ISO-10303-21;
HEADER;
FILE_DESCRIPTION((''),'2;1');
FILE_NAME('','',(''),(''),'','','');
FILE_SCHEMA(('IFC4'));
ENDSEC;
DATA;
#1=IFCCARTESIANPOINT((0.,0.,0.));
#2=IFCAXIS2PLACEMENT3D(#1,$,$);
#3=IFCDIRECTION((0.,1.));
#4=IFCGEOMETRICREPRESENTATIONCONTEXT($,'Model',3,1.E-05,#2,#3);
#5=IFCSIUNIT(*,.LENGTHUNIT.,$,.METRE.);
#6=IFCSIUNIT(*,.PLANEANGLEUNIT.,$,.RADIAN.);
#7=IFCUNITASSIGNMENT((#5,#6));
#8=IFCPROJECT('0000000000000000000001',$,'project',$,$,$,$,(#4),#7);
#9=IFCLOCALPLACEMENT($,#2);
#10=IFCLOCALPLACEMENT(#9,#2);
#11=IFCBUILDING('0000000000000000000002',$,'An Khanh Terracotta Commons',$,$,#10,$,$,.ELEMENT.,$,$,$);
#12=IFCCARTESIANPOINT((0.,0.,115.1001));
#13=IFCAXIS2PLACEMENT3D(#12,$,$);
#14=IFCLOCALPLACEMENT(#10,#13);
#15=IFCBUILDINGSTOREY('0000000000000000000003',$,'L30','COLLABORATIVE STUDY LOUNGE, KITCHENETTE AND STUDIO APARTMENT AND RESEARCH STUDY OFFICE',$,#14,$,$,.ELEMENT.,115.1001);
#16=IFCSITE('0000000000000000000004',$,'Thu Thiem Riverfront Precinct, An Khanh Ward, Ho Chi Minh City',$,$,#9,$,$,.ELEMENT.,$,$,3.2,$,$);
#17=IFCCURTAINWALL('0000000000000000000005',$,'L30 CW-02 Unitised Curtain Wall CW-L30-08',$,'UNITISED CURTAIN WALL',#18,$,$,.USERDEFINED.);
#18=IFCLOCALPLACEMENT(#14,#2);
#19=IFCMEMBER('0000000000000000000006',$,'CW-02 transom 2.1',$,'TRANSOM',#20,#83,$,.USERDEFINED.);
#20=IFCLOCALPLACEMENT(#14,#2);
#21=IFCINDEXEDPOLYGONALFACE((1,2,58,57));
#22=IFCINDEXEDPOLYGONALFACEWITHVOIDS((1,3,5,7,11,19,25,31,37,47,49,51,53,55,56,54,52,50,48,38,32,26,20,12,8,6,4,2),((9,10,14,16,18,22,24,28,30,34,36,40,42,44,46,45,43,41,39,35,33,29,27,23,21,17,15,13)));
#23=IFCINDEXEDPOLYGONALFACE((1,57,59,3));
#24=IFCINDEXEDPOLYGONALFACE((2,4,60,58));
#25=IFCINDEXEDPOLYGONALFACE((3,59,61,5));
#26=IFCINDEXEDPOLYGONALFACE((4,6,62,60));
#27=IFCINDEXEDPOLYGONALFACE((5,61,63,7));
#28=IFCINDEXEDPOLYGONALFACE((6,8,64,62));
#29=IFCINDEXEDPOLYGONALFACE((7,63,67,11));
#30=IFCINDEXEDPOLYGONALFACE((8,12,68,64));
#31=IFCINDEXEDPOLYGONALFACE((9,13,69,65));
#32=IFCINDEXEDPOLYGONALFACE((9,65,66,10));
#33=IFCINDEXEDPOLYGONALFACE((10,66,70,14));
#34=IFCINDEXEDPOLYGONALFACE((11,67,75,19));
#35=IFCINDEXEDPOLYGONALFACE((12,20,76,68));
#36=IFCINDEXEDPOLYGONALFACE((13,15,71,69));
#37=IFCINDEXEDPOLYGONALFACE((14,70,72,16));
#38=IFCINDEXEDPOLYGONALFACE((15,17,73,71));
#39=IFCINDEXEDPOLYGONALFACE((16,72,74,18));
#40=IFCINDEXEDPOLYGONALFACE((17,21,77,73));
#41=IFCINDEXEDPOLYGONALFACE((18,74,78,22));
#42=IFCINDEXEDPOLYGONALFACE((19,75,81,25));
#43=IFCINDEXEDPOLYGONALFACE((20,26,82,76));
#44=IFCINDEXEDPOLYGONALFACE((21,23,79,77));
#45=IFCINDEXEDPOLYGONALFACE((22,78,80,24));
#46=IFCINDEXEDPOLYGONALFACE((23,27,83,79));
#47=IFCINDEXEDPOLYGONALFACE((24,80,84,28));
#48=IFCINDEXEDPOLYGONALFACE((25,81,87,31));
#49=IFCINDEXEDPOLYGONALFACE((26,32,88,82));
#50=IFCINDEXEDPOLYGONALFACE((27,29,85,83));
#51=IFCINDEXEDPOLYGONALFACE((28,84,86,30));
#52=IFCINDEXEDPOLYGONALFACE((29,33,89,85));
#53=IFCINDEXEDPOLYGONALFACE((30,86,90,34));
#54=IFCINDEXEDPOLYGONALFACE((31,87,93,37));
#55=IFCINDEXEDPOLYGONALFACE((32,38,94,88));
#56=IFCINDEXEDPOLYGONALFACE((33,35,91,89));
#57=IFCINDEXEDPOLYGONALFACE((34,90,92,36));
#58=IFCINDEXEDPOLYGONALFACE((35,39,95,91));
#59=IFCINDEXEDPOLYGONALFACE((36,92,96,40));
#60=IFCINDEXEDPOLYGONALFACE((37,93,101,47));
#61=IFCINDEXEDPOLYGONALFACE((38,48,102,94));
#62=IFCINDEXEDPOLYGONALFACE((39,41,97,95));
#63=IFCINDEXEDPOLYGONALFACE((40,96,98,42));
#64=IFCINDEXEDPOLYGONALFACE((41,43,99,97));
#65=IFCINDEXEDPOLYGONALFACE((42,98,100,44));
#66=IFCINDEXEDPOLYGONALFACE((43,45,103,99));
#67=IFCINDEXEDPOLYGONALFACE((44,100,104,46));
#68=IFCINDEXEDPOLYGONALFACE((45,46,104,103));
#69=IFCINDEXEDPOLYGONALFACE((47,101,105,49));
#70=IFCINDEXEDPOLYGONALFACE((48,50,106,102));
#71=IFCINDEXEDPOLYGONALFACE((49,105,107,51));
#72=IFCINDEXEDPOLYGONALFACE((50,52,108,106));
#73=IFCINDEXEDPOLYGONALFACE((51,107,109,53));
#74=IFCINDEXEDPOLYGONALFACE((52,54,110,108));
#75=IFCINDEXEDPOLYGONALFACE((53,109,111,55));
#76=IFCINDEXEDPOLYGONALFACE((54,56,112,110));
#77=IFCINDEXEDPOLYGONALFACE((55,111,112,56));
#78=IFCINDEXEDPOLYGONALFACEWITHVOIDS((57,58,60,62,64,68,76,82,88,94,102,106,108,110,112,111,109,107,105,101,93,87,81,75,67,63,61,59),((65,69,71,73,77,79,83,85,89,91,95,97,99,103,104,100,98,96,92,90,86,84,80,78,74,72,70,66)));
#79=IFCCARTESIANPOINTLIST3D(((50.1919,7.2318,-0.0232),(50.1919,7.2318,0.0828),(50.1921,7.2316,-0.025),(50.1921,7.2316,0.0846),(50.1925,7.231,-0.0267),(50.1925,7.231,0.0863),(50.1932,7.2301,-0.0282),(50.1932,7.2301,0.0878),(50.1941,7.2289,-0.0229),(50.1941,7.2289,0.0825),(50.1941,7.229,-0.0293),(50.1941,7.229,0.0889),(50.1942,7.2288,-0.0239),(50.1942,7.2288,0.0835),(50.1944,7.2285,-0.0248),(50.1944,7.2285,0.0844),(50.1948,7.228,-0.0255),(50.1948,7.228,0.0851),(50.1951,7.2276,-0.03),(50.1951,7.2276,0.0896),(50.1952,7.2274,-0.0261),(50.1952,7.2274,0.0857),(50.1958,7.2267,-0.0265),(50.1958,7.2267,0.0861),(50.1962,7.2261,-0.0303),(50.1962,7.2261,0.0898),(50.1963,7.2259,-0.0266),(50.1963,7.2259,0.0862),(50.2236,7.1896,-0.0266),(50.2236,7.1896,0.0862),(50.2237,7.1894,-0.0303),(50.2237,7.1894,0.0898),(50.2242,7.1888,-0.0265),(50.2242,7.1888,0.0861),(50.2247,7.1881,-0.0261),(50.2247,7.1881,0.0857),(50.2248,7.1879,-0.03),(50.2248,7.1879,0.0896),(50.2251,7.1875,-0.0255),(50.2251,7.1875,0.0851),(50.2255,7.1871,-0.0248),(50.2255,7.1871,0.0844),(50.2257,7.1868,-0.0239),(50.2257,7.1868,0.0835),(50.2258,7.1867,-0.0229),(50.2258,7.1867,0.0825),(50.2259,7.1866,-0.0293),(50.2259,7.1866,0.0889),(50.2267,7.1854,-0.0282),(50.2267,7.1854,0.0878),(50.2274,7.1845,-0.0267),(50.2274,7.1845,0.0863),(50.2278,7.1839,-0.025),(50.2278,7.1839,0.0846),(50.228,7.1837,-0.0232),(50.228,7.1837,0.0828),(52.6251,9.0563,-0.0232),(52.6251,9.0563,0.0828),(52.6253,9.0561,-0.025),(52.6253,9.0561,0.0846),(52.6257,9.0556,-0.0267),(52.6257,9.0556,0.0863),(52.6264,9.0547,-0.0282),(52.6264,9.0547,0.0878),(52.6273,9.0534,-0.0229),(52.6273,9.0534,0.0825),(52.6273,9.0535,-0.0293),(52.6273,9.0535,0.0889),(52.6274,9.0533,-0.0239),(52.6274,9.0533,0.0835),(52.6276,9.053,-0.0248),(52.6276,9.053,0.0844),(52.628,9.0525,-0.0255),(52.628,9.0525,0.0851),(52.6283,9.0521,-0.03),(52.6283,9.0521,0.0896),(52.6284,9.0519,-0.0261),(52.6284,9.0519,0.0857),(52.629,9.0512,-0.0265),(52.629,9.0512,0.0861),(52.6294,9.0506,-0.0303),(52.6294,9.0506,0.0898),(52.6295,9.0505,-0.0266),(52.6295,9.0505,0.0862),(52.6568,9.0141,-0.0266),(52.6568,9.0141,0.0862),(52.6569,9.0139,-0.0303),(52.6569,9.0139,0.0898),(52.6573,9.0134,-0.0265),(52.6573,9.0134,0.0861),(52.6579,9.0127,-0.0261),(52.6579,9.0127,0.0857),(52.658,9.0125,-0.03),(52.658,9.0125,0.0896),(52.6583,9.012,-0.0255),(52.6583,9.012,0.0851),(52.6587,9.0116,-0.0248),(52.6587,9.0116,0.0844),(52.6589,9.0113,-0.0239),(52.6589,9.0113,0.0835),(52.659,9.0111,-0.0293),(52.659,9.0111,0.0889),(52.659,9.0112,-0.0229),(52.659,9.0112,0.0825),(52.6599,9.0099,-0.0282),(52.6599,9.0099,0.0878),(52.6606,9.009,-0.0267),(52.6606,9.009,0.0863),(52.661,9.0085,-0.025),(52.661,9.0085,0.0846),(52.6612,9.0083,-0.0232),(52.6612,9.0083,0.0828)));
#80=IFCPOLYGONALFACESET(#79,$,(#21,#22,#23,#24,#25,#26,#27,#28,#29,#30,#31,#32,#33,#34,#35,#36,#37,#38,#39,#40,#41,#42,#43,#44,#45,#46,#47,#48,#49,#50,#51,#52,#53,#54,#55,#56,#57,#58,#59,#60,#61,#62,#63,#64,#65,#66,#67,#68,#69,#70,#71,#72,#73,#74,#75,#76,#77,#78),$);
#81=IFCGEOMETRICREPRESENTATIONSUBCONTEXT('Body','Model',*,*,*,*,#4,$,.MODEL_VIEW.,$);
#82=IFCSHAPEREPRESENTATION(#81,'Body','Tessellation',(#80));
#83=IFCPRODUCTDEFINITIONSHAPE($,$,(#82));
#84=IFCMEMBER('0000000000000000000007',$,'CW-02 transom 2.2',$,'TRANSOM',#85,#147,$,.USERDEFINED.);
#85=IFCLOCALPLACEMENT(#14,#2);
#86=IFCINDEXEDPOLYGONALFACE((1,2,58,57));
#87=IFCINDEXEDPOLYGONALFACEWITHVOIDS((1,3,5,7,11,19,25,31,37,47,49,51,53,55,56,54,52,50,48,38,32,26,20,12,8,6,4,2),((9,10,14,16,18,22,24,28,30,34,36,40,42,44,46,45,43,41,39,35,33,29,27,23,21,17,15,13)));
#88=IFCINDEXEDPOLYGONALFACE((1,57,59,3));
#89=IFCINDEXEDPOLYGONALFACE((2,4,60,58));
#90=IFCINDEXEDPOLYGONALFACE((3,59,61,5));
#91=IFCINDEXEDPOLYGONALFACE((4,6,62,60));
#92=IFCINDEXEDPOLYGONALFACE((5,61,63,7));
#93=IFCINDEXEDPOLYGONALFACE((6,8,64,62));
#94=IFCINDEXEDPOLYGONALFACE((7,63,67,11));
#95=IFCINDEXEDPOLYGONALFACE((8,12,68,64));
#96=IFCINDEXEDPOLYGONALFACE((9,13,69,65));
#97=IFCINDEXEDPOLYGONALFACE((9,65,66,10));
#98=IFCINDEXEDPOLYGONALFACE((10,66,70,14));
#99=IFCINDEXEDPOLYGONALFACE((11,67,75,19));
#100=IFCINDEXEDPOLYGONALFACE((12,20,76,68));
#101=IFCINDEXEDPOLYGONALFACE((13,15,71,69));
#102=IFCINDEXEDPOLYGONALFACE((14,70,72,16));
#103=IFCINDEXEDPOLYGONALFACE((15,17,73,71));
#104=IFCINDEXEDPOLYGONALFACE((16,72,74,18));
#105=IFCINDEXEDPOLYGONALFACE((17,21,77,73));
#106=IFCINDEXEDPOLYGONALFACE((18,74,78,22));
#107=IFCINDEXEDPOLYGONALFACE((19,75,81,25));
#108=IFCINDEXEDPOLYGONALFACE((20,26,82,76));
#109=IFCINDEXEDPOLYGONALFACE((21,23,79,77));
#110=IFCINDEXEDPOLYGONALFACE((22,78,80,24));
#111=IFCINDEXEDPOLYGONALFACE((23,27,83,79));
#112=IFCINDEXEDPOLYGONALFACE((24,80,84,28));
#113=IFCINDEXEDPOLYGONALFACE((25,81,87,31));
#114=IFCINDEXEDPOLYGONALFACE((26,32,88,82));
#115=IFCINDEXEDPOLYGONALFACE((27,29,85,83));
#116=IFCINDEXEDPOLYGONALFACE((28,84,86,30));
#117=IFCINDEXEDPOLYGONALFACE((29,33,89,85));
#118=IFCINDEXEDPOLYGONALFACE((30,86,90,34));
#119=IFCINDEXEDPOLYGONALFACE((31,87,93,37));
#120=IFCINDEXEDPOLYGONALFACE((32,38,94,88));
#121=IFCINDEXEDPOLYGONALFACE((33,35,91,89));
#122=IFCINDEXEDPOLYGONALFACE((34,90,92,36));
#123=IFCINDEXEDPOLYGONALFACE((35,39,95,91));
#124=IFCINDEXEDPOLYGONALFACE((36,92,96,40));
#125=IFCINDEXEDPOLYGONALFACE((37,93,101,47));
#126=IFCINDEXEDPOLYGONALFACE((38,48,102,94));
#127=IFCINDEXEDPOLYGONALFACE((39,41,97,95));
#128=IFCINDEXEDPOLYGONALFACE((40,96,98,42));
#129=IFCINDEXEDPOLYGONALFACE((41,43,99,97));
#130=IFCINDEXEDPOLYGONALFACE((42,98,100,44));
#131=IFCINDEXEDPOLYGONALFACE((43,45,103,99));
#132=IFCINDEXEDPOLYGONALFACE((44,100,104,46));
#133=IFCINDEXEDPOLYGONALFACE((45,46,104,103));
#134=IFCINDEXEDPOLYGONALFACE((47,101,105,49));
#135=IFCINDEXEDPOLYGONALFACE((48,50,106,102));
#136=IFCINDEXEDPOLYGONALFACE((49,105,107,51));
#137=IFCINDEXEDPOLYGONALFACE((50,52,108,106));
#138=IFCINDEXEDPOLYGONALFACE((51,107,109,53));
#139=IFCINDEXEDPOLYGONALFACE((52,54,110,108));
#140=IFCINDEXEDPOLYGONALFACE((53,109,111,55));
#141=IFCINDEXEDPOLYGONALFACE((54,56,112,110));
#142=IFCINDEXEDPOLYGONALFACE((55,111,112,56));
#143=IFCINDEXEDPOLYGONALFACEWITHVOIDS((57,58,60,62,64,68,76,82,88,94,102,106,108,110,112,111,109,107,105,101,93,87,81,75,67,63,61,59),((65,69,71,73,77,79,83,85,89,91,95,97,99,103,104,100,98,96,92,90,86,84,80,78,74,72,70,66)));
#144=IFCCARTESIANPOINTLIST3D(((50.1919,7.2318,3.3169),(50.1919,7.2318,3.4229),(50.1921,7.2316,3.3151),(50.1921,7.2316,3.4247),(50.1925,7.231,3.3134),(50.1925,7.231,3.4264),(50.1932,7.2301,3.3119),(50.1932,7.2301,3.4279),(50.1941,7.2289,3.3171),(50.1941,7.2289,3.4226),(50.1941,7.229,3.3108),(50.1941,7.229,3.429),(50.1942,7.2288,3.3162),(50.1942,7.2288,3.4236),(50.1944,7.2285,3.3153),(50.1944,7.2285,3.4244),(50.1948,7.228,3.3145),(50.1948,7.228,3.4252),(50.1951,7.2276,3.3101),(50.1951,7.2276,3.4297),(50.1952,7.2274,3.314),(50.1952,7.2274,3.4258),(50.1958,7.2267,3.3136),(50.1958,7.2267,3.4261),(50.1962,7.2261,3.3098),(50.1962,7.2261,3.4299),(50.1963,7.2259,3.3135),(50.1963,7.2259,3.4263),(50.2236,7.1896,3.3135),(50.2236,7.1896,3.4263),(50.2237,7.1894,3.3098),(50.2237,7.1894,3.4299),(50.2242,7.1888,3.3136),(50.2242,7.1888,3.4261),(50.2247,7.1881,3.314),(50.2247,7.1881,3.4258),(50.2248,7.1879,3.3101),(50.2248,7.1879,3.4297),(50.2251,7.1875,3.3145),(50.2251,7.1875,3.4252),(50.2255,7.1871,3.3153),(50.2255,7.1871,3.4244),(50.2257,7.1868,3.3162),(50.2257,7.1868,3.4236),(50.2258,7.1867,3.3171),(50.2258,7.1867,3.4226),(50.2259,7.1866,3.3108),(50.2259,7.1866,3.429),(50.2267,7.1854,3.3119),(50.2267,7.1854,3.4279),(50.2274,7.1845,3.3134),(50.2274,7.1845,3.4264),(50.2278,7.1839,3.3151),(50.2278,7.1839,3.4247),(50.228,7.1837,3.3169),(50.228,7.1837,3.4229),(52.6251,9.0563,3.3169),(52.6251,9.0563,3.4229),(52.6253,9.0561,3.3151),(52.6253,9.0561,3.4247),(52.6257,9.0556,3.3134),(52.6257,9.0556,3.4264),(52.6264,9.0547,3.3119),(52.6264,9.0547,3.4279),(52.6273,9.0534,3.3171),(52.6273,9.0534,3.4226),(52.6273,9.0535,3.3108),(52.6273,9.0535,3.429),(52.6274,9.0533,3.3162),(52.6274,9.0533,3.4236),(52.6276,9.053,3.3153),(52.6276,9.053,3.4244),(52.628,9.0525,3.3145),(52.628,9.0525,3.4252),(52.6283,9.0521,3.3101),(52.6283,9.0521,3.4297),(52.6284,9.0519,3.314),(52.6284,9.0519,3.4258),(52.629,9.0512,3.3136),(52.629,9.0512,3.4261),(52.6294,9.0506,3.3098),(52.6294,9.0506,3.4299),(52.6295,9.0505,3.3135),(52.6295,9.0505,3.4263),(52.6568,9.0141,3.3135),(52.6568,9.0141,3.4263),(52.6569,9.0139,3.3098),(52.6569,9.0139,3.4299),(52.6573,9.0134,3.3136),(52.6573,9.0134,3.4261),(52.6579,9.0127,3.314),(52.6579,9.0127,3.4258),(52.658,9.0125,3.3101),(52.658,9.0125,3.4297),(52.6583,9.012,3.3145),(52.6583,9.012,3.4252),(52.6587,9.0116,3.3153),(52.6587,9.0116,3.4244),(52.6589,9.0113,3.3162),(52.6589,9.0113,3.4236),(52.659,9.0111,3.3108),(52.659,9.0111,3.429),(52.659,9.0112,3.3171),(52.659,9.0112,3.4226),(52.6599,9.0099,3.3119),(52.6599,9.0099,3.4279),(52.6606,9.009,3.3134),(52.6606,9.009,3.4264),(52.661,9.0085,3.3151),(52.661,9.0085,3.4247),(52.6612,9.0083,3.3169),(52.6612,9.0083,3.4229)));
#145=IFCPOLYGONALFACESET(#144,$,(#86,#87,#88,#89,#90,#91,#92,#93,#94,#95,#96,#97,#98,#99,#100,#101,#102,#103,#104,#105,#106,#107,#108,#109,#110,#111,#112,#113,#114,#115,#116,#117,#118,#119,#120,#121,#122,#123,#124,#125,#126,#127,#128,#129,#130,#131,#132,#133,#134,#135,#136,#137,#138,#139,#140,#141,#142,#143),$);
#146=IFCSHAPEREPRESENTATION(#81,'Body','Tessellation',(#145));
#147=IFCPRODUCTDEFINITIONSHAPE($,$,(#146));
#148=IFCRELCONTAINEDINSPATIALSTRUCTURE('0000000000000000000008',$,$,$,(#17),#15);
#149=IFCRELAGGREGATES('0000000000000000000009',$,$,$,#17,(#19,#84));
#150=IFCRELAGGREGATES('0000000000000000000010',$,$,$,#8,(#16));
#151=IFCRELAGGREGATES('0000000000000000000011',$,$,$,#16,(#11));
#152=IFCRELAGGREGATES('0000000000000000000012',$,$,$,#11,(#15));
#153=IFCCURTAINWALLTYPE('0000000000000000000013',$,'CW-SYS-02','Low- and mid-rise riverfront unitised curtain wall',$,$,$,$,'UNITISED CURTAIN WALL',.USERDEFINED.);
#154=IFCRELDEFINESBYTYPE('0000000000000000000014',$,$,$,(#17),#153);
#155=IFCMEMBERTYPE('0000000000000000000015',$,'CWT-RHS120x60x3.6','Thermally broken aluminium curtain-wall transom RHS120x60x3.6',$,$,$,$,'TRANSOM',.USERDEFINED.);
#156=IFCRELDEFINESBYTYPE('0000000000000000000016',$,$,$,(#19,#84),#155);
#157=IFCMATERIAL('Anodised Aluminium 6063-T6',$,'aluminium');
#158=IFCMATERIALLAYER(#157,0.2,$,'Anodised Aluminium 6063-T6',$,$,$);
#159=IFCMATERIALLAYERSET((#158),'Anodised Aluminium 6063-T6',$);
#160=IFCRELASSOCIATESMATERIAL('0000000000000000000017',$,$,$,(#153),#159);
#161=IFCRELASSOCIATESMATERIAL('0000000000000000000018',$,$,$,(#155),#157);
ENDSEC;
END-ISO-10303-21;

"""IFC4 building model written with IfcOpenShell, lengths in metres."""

from ifc_helpers import new_model, si_unit, direction, frame, origin, origin_2d, place, context, subcontext, project, spatial, hollow_rectangle, extrude, material, layer, layer_set, material_profile, profile_set, type_object, element, aggregate, save


model = new_model("IFC4")

# Units and contexts
model_context = context("Model", 3, precision=1e-05, world=origin(), true_north=direction((0.0, 1.0)))
body_context = subcontext(model_context, "Body", "Model", "MODEL_VIEW")
ifc_project = project(units=[si_unit("LENGTHUNIT", "METRE"), si_unit("PLANEANGLEUNIT", "RADIAN")], contexts=[model_context])

# Site, building, storey
site_placement = place(None, origin())
site = spatial("IfcSite", under=ifc_project, at=site_placement, Name="Thu Thiem Riverfront Precinct, An Khanh Ward, Ho Chi Minh City", CompositionType="ELEMENT", RefElevation=3.2)
building_placement = place(site_placement, origin())
building = spatial("IfcBuilding", under=site, at=building_placement, Name="An Khanh Terracotta Commons", CompositionType="ELEMENT")
storey_placement = place(building_placement, frame((0.0, 0.0, 115.1001)))
storey = spatial("IfcBuildingStorey", under=building, at=storey_placement, Name="L30", Description="COLLABORATIVE STUDY LOUNGE, KITCHENETTE AND STUDIO APARTMENT AND RESEARCH STUDY OFFICE", CompositionType="ELEMENT", Elevation=115.1001)

# Shared definitions
ifc_material_1 = material(Name="Anodised Aluminium 6063-T6", Category="aluminium")

# Curtain wall, members
ifc_layer_1 = layer(ifc_material_1, 0.2, Name="Anodised Aluminium 6063-T6")
ifc_layer_set_1 = layer_set([ifc_layer_1], Name="Anodised Aluminium 6063-T6")
curtain_wall_type_1 = type_object("IfcCurtainWallType", Name="CW-SYS-02", Description="Low- and mid-rise riverfront unitised curtain wall", ElementType="UNITISED CURTAIN WALL", PredefinedType="USERDEFINED", material=ifc_layer_set_1)
curtain_wall_1_placement = place(storey_placement, origin())
curtain_wall_1 = element("IfcCurtainWall", 1, at=curtain_wall_1_placement, inside=storey, type_object=curtain_wall_type_1, Name="L30 CW-02 Unitised Curtain Wall CW-L30-08", ObjectType="UNITISED CURTAIN WALL", PredefinedType="USERDEFINED")
ifc_material_profile_1 = material_profile(ifc_material_1, hollow_rectangle(XDim=0.0601, YDim=0.1201, WallThickness=0.0037, InnerFilletRadius=0.0037, OuterFilletRadius=0.0071, at=origin_2d()), Name="RHS120x60x3.6")
ifc_profile_set_1 = profile_set([ifc_material_profile_1], Name="Anodised Aluminium 6063-T6")
member_type_1 = type_object("IfcMemberType", Name="CWT-RHS120x60x3.6", Description="Thermally broken aluminium curtain-wall transom RHS120x60x3.6", ElementType="TRANSOM", PredefinedType="USERDEFINED", material=ifc_profile_set_1)
member_1_placement = place(storey_placement, frame((50.21, 7.2078, 0.0298), z_axis=(0.800058, 0.599923, 0.0), x_axis=(-0.599923, 0.800058, 0.0)))
member_1 = element("IfcMember", 2, at=member_1_placement, type_object=member_type_1, Name="CW-02 transom 2.1", ObjectType="TRANSOM", PredefinedType="USERDEFINED", context=body_context, shape_type="SweptSolid", body=[
    extrude(hollow_rectangle(XDim=0.0601, YDim=0.1201, WallThickness=0.0037, InnerFilletRadius=0.0037, OuterFilletRadius=0.0071, at=origin_2d()), origin(), (0.0, 0.0, 1.0), 3.0413),
])
member_2_placement = place(storey_placement, frame((50.21, 7.2078, 3.3699), z_axis=(0.800058, 0.599923, 0.0), x_axis=(-0.599923, 0.800058, 0.0)))
member_2 = element("IfcMember", 3, at=member_2_placement, type_object=member_type_1, Name="CW-02 transom 2.2", ObjectType="TRANSOM", PredefinedType="USERDEFINED", context=body_context, shape_type="SweptSolid", body=[
    extrude(hollow_rectangle(XDim=0.0601, YDim=0.1201, WallThickness=0.0037, InnerFilletRadius=0.0037, OuterFilletRadius=0.0071, at=origin_2d()), origin(), (0.0, 0.0, 1.0), 3.0413),
])

aggregate(curtain_wall_1, [member_1, member_2])

save(model, "model.ifc")
